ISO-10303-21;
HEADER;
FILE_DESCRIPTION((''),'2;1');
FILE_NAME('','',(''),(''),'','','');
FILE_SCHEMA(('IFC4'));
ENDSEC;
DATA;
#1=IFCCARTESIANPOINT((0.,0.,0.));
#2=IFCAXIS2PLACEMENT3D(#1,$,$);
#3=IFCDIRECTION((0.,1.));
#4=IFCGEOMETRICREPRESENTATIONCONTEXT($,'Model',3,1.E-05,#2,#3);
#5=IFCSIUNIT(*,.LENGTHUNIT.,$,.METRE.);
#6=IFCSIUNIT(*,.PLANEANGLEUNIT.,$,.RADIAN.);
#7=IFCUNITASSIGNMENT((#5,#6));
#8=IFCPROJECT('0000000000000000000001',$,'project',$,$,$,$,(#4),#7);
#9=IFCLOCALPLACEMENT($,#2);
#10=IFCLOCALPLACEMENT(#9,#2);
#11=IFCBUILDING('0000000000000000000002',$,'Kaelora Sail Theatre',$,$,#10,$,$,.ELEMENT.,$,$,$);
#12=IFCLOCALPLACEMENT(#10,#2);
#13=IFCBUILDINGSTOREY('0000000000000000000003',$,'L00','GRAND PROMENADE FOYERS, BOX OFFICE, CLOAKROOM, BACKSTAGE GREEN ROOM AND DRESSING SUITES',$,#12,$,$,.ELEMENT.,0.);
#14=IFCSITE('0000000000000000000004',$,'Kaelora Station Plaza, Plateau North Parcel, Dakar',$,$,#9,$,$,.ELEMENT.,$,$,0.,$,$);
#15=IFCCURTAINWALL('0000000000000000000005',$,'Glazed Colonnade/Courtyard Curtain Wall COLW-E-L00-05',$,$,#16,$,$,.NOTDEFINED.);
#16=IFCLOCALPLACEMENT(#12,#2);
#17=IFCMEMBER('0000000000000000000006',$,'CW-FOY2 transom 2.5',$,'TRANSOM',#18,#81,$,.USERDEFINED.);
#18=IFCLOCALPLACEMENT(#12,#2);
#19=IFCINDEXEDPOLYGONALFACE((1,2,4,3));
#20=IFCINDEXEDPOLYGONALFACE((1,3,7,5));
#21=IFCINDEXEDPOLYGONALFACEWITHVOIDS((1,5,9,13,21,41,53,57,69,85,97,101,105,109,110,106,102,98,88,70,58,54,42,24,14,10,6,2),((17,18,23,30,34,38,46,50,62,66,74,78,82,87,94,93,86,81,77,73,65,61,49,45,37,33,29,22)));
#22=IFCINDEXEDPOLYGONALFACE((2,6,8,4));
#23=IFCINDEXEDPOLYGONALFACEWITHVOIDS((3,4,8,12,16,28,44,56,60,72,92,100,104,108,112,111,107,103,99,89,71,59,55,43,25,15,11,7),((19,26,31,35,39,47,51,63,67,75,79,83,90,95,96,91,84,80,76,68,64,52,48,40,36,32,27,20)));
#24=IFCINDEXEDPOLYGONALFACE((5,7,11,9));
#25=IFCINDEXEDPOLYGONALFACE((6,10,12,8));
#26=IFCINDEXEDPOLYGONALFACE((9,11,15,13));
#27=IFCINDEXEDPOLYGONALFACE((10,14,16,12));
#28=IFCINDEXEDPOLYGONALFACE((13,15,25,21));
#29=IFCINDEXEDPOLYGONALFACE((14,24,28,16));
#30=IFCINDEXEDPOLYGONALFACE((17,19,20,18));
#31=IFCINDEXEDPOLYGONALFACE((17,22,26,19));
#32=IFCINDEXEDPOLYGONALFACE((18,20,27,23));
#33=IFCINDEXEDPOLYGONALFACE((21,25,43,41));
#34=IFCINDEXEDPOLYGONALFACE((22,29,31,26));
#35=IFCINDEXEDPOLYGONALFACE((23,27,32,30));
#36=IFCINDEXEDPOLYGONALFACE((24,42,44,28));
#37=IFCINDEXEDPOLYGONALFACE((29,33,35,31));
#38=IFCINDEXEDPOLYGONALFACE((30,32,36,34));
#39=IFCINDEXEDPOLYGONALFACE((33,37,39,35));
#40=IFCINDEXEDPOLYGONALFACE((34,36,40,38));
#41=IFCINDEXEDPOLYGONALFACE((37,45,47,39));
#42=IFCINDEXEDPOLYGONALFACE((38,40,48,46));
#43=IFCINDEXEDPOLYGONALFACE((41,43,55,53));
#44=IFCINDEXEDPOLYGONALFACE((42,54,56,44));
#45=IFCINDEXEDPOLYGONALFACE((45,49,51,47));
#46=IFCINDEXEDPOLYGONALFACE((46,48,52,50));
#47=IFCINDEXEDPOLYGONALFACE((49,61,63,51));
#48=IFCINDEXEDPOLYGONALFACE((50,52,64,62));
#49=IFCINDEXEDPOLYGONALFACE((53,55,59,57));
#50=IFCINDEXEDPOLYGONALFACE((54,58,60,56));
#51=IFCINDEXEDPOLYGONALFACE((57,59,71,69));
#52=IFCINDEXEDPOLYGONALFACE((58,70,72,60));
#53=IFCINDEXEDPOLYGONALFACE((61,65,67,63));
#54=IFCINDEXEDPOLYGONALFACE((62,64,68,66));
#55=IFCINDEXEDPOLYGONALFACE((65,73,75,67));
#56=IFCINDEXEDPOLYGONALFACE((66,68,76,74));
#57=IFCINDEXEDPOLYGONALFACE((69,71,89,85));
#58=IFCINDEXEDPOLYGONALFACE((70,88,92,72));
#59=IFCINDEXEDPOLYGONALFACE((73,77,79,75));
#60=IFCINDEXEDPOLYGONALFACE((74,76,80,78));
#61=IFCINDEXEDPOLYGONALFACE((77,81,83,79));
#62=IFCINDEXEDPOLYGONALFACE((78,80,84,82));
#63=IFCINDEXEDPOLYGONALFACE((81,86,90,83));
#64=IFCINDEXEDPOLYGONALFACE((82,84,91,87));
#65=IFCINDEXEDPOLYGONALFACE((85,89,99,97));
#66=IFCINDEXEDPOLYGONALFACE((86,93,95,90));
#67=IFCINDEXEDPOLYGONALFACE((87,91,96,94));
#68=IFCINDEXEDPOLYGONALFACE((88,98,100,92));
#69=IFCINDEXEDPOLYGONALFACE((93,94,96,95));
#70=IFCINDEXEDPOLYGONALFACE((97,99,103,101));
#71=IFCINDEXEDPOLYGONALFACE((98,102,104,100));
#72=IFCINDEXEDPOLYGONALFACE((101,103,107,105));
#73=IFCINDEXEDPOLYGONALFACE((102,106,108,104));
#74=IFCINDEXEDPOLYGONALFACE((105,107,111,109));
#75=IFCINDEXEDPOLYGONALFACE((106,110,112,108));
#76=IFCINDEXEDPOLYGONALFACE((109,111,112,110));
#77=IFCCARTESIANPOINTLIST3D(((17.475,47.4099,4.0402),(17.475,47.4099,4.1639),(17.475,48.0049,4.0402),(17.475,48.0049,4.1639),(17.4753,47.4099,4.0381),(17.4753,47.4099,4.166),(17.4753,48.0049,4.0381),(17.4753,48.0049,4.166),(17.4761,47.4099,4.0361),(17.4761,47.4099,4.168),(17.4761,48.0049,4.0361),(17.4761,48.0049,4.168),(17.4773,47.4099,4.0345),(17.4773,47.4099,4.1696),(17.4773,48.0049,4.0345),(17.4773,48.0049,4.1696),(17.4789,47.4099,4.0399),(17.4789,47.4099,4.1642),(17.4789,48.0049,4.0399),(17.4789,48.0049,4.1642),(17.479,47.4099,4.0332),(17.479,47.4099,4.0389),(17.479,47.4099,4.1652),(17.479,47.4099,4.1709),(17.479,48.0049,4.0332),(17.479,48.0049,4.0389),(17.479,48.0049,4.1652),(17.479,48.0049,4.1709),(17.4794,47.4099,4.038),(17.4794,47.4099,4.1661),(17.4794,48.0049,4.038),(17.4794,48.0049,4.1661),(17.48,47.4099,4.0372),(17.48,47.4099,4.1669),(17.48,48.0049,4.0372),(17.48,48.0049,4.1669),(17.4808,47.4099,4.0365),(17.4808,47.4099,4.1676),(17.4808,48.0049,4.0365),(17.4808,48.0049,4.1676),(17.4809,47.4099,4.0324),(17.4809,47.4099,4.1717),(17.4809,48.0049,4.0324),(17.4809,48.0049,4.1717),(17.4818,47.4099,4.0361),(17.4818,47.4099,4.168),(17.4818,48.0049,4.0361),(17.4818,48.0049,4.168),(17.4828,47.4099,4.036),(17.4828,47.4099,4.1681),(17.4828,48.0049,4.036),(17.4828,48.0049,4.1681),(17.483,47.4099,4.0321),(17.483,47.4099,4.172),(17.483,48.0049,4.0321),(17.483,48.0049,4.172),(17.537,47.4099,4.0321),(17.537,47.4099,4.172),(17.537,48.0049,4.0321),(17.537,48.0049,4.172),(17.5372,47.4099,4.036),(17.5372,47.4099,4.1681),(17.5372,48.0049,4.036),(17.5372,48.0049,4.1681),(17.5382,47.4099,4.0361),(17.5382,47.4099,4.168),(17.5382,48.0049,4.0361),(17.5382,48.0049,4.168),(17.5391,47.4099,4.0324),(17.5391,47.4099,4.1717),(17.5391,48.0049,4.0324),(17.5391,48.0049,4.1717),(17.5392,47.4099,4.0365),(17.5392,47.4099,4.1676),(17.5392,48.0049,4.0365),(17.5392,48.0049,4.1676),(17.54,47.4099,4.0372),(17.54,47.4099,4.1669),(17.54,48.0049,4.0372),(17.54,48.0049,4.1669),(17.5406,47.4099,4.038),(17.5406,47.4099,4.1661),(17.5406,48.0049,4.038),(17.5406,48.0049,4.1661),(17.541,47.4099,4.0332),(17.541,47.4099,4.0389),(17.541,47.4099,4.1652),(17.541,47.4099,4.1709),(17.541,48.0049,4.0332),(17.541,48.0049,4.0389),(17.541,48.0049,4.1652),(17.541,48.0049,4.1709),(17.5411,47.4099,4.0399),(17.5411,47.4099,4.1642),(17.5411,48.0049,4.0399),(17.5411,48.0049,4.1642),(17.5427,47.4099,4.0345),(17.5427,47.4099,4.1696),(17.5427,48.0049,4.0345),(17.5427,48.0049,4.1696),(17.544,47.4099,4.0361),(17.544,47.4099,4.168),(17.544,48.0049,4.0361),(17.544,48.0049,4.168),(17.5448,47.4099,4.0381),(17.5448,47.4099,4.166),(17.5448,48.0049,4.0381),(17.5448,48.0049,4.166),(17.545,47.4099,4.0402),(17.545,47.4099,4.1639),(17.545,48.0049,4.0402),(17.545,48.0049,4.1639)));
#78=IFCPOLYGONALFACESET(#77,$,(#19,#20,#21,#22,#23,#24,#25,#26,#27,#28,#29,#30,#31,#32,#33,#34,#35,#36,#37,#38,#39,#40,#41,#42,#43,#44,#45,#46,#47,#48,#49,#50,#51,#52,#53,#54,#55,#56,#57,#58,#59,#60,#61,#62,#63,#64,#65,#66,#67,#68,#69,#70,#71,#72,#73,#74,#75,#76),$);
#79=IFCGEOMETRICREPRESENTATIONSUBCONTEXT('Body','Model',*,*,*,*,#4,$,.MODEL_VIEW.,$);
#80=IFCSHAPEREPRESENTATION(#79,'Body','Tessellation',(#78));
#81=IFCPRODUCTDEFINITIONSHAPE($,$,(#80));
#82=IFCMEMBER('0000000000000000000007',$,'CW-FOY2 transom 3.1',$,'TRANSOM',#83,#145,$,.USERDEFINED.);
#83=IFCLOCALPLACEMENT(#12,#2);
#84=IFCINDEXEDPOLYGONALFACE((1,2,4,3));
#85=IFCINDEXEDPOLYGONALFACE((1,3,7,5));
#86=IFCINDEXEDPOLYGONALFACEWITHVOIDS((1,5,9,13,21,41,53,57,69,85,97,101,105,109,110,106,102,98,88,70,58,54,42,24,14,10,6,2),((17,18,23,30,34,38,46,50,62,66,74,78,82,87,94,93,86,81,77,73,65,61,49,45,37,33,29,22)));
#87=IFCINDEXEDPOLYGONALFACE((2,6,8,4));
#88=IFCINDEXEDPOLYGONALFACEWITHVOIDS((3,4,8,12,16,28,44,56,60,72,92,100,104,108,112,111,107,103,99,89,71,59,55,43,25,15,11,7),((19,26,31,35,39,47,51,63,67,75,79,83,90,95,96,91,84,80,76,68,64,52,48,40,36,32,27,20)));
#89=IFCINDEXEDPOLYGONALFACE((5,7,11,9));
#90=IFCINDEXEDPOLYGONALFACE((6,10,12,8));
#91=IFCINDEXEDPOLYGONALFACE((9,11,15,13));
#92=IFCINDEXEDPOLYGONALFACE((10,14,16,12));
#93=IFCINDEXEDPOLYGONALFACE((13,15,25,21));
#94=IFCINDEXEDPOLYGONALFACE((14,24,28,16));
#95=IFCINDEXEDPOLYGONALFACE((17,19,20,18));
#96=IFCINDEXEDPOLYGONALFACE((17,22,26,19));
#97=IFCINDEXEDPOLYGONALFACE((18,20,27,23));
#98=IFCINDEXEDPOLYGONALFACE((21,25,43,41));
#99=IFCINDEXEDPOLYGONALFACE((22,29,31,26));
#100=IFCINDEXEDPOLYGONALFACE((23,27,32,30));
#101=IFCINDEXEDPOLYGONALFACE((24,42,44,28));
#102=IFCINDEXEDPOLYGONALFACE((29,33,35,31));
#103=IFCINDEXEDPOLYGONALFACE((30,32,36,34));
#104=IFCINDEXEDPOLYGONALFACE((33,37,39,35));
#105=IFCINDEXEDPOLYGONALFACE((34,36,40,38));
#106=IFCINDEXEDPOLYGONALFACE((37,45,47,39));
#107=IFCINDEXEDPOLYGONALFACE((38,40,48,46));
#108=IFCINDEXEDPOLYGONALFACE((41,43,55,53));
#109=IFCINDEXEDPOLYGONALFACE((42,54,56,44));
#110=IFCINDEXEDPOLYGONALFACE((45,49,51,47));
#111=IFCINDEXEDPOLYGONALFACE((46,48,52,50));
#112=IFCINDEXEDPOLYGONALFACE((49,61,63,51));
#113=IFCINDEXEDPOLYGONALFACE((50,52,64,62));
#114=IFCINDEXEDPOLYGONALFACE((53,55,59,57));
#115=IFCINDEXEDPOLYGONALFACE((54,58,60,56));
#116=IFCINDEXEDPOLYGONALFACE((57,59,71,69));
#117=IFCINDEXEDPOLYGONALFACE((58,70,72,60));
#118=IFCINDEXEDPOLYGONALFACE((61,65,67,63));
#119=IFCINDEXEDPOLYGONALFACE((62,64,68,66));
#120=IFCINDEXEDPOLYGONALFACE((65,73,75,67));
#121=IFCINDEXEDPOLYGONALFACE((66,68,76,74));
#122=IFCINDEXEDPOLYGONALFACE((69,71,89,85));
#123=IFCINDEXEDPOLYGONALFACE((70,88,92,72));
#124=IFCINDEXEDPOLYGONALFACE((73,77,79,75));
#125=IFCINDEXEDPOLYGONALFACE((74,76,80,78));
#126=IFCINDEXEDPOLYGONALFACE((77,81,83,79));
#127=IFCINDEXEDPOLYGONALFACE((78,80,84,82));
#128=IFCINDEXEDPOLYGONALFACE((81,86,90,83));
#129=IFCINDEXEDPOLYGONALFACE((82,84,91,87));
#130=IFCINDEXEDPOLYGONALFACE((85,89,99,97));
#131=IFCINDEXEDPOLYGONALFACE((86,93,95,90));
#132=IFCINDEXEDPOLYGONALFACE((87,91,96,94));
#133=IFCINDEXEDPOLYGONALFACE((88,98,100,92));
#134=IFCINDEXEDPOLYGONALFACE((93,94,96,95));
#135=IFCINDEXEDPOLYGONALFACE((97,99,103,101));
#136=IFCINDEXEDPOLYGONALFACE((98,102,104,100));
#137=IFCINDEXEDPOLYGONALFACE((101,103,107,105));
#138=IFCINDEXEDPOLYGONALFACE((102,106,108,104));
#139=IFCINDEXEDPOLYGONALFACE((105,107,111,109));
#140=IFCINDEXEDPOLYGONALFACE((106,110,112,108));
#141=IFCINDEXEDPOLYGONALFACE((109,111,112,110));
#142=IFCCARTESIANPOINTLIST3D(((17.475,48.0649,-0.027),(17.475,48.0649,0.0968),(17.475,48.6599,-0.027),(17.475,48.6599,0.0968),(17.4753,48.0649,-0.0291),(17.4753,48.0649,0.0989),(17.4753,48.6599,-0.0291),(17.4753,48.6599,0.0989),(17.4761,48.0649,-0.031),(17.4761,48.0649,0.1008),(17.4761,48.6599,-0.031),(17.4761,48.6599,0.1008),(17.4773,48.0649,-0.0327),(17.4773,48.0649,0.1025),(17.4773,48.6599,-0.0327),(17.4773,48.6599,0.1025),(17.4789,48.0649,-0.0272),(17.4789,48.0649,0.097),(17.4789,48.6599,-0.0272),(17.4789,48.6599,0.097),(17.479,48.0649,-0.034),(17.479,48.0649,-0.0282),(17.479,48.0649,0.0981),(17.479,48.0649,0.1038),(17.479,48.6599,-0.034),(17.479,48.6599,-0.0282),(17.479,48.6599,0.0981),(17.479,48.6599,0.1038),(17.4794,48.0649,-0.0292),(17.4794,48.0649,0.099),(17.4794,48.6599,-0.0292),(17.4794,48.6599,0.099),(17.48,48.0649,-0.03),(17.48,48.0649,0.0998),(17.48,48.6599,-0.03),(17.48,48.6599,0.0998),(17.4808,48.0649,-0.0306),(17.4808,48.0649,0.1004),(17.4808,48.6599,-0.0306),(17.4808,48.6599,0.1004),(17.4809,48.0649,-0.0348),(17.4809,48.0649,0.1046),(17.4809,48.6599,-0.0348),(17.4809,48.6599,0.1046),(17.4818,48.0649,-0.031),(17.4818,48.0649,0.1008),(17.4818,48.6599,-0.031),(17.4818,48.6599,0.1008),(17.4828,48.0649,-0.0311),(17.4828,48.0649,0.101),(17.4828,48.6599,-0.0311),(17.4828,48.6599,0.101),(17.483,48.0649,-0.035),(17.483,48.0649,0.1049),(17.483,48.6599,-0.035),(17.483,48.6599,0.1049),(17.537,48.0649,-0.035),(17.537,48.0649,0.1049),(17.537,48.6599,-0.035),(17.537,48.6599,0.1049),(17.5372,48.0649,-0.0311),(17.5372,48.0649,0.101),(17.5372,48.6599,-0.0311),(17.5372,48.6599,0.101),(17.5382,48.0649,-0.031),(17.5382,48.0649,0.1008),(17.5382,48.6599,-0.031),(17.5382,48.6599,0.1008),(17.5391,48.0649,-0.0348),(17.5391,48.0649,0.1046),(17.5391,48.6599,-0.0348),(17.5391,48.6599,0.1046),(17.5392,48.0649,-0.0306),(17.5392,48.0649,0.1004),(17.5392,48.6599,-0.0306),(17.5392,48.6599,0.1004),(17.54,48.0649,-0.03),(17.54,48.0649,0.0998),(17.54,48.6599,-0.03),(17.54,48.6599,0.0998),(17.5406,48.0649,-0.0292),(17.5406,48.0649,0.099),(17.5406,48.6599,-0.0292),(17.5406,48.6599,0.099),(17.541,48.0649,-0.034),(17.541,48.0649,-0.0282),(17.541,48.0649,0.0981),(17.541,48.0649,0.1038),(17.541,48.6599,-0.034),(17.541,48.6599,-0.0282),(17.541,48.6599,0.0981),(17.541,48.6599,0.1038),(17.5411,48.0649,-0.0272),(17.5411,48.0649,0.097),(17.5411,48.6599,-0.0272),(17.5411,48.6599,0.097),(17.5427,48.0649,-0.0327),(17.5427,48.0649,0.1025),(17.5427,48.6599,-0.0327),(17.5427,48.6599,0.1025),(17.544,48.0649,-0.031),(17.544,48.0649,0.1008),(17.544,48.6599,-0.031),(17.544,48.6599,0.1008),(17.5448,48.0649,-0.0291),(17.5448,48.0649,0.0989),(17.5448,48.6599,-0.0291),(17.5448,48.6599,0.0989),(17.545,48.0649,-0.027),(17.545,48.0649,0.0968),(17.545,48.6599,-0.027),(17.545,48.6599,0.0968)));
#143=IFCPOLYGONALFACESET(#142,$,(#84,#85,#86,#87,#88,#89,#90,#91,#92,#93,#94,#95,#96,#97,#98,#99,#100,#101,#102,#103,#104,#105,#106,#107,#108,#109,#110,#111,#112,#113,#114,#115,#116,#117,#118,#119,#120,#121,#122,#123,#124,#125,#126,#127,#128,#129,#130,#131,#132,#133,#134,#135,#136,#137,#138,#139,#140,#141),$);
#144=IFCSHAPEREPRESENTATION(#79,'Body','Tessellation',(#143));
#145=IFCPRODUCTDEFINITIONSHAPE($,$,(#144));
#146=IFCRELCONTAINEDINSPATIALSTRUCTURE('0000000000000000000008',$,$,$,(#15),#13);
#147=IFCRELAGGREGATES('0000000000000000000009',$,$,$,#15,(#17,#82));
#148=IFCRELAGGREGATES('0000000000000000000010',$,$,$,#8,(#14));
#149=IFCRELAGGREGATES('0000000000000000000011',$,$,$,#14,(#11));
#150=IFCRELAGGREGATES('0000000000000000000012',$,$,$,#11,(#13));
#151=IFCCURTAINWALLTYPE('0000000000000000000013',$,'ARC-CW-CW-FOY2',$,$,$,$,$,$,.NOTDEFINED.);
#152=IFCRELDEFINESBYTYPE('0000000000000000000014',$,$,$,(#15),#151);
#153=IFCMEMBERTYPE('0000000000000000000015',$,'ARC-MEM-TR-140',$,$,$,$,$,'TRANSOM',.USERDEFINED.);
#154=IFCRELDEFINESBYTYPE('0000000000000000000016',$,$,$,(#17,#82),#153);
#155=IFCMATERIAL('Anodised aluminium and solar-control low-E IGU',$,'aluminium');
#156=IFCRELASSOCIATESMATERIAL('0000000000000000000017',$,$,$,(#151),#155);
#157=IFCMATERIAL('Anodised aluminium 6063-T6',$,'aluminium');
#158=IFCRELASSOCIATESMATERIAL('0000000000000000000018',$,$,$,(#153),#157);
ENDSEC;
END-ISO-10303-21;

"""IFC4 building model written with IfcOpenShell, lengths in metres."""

from ifc_helpers import new_model, si_unit, direction, frame, origin, origin_2d, place, context, subcontext, project, spatial, hollow_rectangle, extrude, material, material_profile, profile_set, type_object, element, aggregate, save


model = new_model("IFC4")

# Units and contexts
model_context = context("Model", 3, precision=1e-05, world=origin(), true_north=direction((0.0, 1.0)))
body_context = subcontext(model_context, "Body", "Model", "MODEL_VIEW")
ifc_project = project(units=[si_unit("LENGTHUNIT", "METRE"), si_unit("PLANEANGLEUNIT", "RADIAN")], contexts=[model_context])

# Site, building, storey
site_placement = place(None, origin())
site = spatial("IfcSite", under=ifc_project, at=site_placement, Name="Kaelora Station Plaza, Plateau North Parcel, Dakar", CompositionType="ELEMENT", RefElevation=0.0)
building_placement = place(site_placement, origin())
building = spatial("IfcBuilding", under=site, at=building_placement, Name="Kaelora Sail Theatre", CompositionType="ELEMENT")
storey_placement = place(building_placement, origin())
storey = spatial("IfcBuildingStorey", under=building, at=storey_placement, Name="L00", Description="GRAND PROMENADE FOYERS, BOX OFFICE, CLOAKROOM, BACKSTAGE GREEN ROOM AND DRESSING SUITES", CompositionType="ELEMENT", Elevation=0.0)

# Curtain wall, members
ifc_material_1 = material(Name="Anodised aluminium and solar-control low-E IGU", Category="aluminium")
curtain_wall_type = type_object("IfcCurtainWallType", Name="ARC-CW-CW-FOY2", PredefinedType="NOTDEFINED", material=ifc_material_1)
curtain_wall_placement = place(storey_placement, origin())
curtain_wall = element("IfcCurtainWall", 1, at=curtain_wall_placement, inside=storey, type_object=curtain_wall_type, Name="Glazed Colonnade/Courtyard Curtain Wall COLW-E-L00-05", PredefinedType="NOTDEFINED")
ifc_material_2 = material(Name="Anodised aluminium 6063-T6", Category="aluminium")
ifc_material_profile_1 = material_profile(ifc_material_2, hollow_rectangle(XDim=0.0701, YDim=0.1399, WallThickness=0.0039, InnerFilletRadius=0.0039, OuterFilletRadius=0.0081, at=origin_2d()), Name="ALU-TRAN 70x140x4")
ifc_profile_set_1 = profile_set([ifc_material_profile_1], Name="Anodised aluminium 6063-T6")
member_type_1 = type_object("IfcMemberType", Name="ARC-MEM-TR-140", ElementType="TRANSOM", PredefinedType="USERDEFINED", material=ifc_profile_set_1)
member_1_placement = place(storey_placement, frame((17.51, 47.4099, 4.1021), z_axis=(0.0, 1.0, 0.0), x_axis=(-1.0, 0.0, 0.0)))
member_1 = element("IfcMember", 2, at=member_1_placement, type_object=member_type_1, Name="CW-FOY2 transom 2.5", ObjectType="TRANSOM", PredefinedType="USERDEFINED", context=body_context, shape_type="SweptSolid", body=[
    extrude(hollow_rectangle(XDim=0.0701, YDim=0.1399, WallThickness=0.0039, InnerFilletRadius=0.0039, OuterFilletRadius=0.0081, at=origin_2d()), origin(), (0.0, 0.0, 1.0), 0.595),
])
member_2_placement = place(storey_placement, frame((17.51, 48.0649, 0.0349), z_axis=(0.0, 1.0, 0.0), x_axis=(-1.0, 0.0, 0.0)))
member_2 = element("IfcMember", 3, at=member_2_placement, type_object=member_type_1, Name="CW-FOY2 transom 3.1", ObjectType="TRANSOM", PredefinedType="USERDEFINED", context=body_context, shape_type="SweptSolid", body=[
    extrude(hollow_rectangle(XDim=0.0701, YDim=0.1399, WallThickness=0.0039, InnerFilletRadius=0.0039, OuterFilletRadius=0.0081, at=origin_2d()), origin(), (0.0, 0.0, 1.0), 0.595),
])
aggregate(curtain_wall, [member_1, member_2])

save(model, "model.ifc")
